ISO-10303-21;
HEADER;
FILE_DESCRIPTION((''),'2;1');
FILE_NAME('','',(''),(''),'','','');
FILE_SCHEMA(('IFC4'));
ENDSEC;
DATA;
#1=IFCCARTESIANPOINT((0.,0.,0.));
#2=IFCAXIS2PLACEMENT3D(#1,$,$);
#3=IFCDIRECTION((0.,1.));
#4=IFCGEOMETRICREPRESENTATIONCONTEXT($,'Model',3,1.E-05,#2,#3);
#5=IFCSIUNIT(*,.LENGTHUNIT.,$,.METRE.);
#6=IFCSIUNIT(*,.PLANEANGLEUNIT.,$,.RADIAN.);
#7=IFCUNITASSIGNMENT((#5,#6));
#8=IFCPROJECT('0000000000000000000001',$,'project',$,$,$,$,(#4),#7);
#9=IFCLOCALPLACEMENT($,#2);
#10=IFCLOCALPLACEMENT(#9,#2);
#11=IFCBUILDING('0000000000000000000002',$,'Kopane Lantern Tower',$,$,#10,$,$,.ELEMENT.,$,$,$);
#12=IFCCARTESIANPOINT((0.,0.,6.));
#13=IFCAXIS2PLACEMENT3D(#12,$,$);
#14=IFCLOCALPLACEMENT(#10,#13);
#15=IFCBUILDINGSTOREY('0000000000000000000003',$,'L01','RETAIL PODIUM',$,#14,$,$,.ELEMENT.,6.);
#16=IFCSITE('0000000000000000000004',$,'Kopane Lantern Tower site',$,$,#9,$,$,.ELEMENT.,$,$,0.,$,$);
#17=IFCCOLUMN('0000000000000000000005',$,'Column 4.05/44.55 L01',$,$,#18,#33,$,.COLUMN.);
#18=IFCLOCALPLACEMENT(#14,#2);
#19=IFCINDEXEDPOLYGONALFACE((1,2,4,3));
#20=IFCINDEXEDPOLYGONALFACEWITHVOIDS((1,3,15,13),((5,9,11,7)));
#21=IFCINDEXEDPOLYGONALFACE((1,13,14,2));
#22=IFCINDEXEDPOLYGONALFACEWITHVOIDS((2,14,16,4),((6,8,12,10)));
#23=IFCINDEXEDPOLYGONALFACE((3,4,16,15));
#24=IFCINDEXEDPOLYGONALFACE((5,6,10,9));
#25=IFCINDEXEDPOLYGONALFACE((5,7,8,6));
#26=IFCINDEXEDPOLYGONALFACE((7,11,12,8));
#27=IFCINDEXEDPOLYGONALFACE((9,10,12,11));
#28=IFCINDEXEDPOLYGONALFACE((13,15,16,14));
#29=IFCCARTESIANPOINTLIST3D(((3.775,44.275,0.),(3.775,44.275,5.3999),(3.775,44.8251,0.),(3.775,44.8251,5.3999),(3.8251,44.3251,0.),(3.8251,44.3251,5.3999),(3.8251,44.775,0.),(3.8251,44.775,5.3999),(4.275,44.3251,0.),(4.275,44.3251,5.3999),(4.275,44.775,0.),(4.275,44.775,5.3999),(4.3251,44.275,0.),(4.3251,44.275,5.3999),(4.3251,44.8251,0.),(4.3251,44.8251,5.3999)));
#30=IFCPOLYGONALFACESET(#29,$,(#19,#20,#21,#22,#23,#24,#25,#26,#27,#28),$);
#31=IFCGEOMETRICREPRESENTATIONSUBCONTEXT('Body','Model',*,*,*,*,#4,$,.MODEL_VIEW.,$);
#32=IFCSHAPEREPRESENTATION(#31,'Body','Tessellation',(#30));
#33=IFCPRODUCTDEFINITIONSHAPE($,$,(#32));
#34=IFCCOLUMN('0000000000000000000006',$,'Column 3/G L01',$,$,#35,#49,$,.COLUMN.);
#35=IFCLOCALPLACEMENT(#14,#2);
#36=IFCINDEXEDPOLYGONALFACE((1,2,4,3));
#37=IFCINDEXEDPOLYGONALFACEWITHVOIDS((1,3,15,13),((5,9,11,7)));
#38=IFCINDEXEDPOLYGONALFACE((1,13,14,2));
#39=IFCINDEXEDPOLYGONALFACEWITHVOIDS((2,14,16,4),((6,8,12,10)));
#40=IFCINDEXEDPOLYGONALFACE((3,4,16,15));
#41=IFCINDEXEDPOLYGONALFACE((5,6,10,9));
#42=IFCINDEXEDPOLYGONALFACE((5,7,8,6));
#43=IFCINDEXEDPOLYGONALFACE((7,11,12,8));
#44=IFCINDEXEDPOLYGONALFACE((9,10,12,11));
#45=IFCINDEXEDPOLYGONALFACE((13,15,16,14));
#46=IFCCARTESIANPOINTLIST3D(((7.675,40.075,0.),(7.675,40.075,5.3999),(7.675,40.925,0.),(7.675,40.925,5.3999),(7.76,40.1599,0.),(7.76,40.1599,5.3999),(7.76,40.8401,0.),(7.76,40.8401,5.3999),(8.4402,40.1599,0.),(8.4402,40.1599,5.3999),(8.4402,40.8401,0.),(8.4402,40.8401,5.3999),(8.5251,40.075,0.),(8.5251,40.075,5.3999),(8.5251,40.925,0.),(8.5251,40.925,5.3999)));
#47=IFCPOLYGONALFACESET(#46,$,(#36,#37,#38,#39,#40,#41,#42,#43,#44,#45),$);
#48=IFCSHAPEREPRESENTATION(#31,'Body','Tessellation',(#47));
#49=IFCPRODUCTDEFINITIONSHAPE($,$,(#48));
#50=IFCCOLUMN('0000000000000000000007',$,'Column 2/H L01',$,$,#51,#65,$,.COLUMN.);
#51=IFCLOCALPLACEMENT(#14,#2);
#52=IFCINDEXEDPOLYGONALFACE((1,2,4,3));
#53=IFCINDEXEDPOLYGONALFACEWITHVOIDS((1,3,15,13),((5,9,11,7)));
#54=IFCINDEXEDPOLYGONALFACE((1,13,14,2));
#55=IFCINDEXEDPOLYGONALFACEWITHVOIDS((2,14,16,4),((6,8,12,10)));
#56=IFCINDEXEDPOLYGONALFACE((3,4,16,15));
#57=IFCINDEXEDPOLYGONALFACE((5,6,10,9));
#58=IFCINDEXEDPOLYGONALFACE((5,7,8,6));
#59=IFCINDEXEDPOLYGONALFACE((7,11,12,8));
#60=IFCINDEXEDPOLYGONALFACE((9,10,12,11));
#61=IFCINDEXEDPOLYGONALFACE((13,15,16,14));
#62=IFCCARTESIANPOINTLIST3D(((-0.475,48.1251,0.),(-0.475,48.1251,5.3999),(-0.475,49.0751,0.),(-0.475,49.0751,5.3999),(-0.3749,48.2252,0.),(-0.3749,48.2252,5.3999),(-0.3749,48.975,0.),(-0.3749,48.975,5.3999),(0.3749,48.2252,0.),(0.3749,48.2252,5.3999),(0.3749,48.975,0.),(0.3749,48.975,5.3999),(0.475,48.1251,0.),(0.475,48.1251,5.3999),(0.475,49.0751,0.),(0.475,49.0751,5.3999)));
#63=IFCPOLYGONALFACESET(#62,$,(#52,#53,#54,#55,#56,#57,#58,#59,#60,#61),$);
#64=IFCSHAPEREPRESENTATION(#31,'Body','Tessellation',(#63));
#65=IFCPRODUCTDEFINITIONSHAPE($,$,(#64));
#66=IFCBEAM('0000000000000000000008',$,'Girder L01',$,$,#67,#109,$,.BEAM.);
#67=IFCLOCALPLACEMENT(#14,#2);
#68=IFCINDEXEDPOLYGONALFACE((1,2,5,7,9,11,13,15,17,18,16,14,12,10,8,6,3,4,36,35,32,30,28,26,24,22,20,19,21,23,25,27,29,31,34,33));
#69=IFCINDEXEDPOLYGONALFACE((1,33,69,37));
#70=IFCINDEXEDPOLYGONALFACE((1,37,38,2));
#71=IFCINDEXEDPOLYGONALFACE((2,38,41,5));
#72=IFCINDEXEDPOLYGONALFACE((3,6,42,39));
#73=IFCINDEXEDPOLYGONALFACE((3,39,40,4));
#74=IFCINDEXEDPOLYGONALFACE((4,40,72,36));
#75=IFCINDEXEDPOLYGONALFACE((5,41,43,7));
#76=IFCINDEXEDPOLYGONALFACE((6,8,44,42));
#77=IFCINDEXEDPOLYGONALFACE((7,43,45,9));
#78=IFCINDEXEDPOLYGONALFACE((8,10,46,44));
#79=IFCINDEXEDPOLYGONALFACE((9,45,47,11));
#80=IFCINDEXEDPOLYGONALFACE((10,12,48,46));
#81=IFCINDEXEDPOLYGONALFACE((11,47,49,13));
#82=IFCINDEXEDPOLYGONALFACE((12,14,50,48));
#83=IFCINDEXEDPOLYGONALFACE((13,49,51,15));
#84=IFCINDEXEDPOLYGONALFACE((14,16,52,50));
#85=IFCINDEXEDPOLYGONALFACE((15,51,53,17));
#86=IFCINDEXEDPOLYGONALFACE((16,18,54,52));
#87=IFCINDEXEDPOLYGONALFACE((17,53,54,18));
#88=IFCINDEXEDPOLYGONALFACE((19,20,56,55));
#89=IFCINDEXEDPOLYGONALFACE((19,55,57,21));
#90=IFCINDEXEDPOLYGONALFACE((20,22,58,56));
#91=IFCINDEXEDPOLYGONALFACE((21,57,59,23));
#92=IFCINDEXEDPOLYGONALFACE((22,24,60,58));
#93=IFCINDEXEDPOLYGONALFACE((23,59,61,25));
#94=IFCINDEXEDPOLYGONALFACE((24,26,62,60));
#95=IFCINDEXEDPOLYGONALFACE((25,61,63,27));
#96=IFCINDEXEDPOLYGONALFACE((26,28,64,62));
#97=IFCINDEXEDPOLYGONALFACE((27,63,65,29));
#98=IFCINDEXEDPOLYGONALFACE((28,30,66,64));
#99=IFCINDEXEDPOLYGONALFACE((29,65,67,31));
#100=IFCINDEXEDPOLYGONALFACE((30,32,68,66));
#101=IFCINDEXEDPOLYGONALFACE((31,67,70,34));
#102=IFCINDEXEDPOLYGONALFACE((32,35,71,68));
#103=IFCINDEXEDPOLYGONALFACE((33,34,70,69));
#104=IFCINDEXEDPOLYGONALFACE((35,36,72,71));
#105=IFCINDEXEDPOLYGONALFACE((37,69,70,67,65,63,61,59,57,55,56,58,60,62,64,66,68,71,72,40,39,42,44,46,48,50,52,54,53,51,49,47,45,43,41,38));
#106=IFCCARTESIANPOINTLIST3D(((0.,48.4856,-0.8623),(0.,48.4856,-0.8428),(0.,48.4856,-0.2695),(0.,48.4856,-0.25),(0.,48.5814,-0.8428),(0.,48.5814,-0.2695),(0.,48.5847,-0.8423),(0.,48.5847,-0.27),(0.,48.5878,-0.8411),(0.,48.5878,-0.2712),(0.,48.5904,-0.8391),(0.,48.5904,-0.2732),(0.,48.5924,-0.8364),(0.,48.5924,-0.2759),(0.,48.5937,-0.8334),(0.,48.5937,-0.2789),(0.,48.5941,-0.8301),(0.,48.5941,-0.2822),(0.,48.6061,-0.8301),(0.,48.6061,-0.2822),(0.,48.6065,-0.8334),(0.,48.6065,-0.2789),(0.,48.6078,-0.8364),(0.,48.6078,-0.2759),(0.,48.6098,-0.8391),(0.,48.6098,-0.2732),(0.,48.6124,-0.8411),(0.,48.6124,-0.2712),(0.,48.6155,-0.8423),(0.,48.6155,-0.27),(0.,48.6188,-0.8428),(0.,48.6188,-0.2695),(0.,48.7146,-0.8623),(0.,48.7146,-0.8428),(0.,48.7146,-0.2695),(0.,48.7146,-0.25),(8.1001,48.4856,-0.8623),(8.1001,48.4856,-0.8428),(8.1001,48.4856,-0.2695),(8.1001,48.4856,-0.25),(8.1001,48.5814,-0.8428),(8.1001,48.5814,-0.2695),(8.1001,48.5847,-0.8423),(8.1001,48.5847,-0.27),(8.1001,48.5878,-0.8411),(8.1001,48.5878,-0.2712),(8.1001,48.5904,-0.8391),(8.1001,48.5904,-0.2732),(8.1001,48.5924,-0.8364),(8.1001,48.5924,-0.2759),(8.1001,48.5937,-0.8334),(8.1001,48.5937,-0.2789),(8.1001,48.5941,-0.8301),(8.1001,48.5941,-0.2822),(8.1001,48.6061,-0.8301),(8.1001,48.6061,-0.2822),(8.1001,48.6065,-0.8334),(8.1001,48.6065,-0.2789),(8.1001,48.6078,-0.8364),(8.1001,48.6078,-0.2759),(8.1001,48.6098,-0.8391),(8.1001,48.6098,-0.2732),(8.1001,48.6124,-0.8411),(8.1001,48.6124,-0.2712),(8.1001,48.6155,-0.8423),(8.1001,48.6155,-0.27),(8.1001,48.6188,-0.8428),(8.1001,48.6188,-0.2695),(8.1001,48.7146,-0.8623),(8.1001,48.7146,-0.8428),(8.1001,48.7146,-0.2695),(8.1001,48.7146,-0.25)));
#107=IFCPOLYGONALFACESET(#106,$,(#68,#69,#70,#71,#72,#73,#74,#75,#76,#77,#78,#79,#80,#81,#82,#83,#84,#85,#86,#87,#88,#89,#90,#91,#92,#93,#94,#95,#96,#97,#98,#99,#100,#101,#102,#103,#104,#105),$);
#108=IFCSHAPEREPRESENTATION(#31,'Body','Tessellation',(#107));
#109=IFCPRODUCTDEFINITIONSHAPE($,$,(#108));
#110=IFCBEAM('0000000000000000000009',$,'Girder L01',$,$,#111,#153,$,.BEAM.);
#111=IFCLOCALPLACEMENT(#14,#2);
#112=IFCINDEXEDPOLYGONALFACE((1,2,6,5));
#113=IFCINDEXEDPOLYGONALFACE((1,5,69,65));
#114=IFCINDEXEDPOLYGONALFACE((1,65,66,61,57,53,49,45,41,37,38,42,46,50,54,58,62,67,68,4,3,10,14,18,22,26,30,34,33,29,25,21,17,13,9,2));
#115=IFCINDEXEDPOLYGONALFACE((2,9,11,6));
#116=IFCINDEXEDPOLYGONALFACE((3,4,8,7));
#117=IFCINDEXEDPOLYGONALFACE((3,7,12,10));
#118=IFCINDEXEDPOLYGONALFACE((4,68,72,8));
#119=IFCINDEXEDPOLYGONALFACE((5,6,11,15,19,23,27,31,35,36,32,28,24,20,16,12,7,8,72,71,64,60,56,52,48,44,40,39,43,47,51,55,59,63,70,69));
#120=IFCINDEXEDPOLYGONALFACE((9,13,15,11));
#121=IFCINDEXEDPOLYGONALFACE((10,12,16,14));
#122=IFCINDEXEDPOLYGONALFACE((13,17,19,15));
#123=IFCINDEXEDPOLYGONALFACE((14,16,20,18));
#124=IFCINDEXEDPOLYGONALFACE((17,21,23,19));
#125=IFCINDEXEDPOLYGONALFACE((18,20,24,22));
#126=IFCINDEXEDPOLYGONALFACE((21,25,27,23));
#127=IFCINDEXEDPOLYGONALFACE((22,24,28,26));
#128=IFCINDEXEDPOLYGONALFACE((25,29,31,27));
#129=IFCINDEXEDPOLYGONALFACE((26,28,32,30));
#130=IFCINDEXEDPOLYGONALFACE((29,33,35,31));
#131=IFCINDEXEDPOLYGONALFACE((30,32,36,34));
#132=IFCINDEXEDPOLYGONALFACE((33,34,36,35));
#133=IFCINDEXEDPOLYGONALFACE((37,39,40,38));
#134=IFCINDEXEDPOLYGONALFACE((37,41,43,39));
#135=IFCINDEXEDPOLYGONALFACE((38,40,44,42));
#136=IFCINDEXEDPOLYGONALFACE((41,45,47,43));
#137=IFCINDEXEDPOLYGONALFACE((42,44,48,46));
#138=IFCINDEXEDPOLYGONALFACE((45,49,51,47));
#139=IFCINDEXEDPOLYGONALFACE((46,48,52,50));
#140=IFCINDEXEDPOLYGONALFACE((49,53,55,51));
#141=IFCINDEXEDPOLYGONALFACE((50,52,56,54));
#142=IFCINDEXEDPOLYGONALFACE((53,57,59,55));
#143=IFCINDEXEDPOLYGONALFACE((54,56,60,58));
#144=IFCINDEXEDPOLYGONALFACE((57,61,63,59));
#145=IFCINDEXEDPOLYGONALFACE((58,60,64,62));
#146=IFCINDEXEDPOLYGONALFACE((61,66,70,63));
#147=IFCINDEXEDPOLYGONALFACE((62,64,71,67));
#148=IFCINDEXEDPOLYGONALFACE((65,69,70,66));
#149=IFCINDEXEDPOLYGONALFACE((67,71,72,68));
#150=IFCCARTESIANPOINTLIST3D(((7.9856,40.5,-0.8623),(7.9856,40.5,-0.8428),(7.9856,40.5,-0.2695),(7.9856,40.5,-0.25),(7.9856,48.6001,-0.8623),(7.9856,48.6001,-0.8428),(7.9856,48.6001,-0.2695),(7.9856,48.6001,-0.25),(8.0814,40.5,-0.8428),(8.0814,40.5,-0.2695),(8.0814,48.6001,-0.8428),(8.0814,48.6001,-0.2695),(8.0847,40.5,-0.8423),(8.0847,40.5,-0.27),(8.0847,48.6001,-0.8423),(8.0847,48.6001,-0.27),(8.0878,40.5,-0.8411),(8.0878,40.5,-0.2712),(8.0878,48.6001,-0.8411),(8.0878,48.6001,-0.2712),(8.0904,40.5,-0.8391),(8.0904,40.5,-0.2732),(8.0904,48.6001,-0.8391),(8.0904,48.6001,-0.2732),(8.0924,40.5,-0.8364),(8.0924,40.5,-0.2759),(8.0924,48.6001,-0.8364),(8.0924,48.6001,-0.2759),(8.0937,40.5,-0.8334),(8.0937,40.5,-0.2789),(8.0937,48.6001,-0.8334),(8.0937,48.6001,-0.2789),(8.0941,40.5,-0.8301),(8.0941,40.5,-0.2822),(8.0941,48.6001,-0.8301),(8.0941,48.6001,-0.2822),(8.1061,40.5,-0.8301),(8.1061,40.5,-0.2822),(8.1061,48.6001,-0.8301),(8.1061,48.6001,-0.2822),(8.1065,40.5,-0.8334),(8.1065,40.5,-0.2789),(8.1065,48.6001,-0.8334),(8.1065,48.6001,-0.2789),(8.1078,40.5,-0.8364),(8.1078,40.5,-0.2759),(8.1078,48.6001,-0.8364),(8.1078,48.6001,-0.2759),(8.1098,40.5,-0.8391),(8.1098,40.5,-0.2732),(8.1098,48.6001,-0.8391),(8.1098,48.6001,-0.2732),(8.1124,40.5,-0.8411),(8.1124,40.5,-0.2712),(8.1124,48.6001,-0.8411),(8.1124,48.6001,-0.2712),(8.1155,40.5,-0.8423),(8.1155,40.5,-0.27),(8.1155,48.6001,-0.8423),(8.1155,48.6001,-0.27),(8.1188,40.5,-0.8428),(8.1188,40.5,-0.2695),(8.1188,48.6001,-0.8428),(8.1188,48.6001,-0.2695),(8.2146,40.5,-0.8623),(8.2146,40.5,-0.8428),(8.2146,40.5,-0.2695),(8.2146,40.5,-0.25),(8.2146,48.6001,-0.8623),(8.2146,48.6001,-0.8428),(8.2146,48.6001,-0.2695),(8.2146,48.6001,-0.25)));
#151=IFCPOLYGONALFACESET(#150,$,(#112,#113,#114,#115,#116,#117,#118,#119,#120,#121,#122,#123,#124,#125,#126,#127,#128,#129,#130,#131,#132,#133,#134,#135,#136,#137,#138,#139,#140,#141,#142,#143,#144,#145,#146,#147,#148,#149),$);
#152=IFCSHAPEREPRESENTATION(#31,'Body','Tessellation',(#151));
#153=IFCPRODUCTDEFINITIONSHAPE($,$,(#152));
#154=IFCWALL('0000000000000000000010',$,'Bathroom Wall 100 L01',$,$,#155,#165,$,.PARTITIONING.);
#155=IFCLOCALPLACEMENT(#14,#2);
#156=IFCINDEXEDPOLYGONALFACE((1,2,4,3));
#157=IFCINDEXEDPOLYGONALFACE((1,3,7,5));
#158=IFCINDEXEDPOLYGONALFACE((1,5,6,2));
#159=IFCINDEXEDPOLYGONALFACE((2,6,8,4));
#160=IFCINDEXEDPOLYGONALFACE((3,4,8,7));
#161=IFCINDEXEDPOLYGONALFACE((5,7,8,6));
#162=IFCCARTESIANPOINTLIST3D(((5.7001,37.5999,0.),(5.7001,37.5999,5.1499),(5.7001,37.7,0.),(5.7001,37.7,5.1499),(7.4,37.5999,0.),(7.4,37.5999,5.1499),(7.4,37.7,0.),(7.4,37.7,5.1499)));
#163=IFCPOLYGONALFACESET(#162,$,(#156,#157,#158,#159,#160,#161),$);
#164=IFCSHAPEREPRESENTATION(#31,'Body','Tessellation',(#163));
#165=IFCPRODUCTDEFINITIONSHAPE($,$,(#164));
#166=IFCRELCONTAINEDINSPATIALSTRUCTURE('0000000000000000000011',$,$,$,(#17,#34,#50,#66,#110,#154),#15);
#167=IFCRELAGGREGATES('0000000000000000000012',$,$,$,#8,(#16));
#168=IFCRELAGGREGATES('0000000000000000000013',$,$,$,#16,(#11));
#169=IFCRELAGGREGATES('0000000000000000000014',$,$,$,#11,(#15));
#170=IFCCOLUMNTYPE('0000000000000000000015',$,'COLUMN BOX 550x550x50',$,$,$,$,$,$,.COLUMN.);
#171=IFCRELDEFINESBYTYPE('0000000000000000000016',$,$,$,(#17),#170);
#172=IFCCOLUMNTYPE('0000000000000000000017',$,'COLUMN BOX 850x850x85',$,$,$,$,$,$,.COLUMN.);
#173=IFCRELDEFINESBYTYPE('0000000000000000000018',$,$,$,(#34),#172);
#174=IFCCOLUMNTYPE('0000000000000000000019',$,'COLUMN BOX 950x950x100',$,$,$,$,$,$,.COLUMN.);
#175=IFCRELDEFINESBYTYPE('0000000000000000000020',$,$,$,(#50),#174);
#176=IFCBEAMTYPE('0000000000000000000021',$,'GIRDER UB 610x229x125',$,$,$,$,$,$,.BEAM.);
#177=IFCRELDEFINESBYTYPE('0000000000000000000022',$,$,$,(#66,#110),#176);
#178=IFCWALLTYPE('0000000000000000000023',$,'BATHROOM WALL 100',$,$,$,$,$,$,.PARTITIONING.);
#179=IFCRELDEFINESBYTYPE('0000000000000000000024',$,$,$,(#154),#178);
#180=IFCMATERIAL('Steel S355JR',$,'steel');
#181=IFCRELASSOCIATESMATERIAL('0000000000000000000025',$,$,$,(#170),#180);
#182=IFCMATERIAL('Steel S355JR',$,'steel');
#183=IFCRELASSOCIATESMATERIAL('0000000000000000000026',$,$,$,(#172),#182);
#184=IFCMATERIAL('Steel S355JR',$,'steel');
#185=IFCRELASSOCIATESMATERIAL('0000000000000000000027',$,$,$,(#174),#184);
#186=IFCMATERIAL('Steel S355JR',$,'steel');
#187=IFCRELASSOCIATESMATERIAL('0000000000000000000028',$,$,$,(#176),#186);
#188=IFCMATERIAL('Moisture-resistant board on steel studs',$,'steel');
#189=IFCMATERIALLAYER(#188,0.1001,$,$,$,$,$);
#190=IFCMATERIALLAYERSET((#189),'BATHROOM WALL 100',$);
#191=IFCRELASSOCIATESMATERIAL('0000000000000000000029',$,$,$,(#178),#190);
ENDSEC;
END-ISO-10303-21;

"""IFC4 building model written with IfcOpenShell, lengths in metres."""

from ifc_helpers import new_model, si_unit, direction, frame, frame_2d, origin, origin_2d, place, context, subcontext, project, spatial, rectangle, hollow_rectangle, i_section, extrude, material, layer, layer_set, material_profile, profile_set, type_object, element, save


model = new_model("IFC4")

# Units and contexts
model_context = context("Model", 3, precision=1e-05, world=origin(), true_north=direction((0.0, 1.0)))
body_context = subcontext(model_context, "Body", "Model", "MODEL_VIEW")
ifc_project = project(units=[si_unit("LENGTHUNIT", "METRE"), si_unit("PLANEANGLEUNIT", "RADIAN")], contexts=[model_context])

# Site, building, storey
site_placement = place(None, origin())
site = spatial("IfcSite", under=ifc_project, at=site_placement, Name="Kopane Lantern Tower site", CompositionType="ELEMENT", RefElevation=0.0)
building_placement = place(site_placement, origin())
building = spatial("IfcBuilding", under=site, at=building_placement, Name="Kopane Lantern Tower", CompositionType="ELEMENT")
storey_placement = place(building_placement, frame((0.0, 0.0, 6.0)))
storey = spatial("IfcBuildingStorey", under=building, at=storey_placement, Name="L01", Description="RETAIL PODIUM", CompositionType="ELEMENT", Elevation=6.0)

# Columns
ifc_material_1 = material(Name="Steel S355JR", Category="steel")
ifc_material_profile_1 = material_profile(ifc_material_1, hollow_rectangle(XDim=0.55, YDim=0.55, WallThickness=0.05, at=origin_2d()), Name="BOX 550x550x50")
ifc_profile_set_1 = profile_set([ifc_material_profile_1], Name="Steel S355JR")
column_type_1 = type_object("IfcColumnType", Name="COLUMN BOX 550x550x50", PredefinedType="COLUMN", material=ifc_profile_set_1)
column_1_placement = place(storey_placement, frame((4.05, 44.55, 0.0), z_axis=(0.0, 0.0, 1.0), x_axis=(1.0, 0.0, 0.0)))
element("IfcColumn", 1, at=column_1_placement, inside=storey, type_object=column_type_1, Name="Column 4.05/44.55 L01", PredefinedType="COLUMN", context=body_context, shape_type="SweptSolid", body=[
    extrude(hollow_rectangle(XDim=0.55, YDim=0.55, WallThickness=0.05, at=origin_2d()), origin(), (0.0, 0.0, 1.0), 5.3999),
])
ifc_material_2 = material(Name="Steel S355JR", Category="steel")
ifc_material_profile_2 = material_profile(ifc_material_2, hollow_rectangle(XDim=0.8501, YDim=0.8501, WallThickness=0.085, at=origin_2d()), Name="BOX 850x850x85")
ifc_profile_set_2 = profile_set([ifc_material_profile_2], Name="Steel S355JR")
column_type_2 = type_object("IfcColumnType", Name="COLUMN BOX 850x850x85", PredefinedType="COLUMN", material=ifc_profile_set_2)
column_2_placement = place(storey_placement, frame((8.1001, 40.5, 0.0), z_axis=(0.0, 0.0, 1.0), x_axis=(1.0, 0.0, 0.0)))
element("IfcColumn", 2, at=column_2_placement, inside=storey, type_object=column_type_2, Name="Column 3/G L01", PredefinedType="COLUMN", context=body_context, shape_type="SweptSolid", body=[
    extrude(hollow_rectangle(XDim=0.8501, YDim=0.8501, WallThickness=0.085, at=origin_2d()), origin(), (0.0, 0.0, 1.0), 5.3999),
])
ifc_material_3 = material(Name="Steel S355JR", Category="steel")
ifc_material_profile_3 = material_profile(ifc_material_3, hollow_rectangle(XDim=0.95, YDim=0.95, WallThickness=0.1001, at=origin_2d()), Name="BOX 950x950x100")
ifc_profile_set_3 = profile_set([ifc_material_profile_3], Name="Steel S355JR")
column_type_3 = type_object("IfcColumnType", Name="COLUMN BOX 950x950x100", PredefinedType="COLUMN", material=ifc_profile_set_3)
column_3_placement = place(storey_placement, frame((0.0, 48.6001, 0.0), z_axis=(0.0, 0.0, 1.0), x_axis=(1.0, 0.0, 0.0)))
element("IfcColumn", 3, at=column_3_placement, inside=storey, type_object=column_type_3, Name="Column 2/H L01", PredefinedType="COLUMN", context=body_context, shape_type="SweptSolid", body=[
    extrude(hollow_rectangle(XDim=0.95, YDim=0.95, WallThickness=0.1001, at=origin_2d()), origin(), (0.0, 0.0, 1.0), 5.3999),
])

# Beams
ifc_material_4 = material(Name="Steel S355JR", Category="steel")
ifc_material_profile_4 = material_profile(ifc_material_4, i_section(OverallWidth=0.229, OverallDepth=0.6123, WebThickness=0.012, FlangeThickness=0.0195, FilletRadius=0.0127, at=origin_2d()), Name="UB 610x229x125")
ifc_profile_set_4 = profile_set([ifc_material_profile_4], Name="Steel S355JR")
beam_type = type_object("IfcBeamType", Name="GIRDER UB 610x229x125", PredefinedType="BEAM", material=ifc_profile_set_4)
for number, where, z_axis, x_axis, name in (
    (4, (0.0, 48.6001, -0.5562), (1.0, 0.0, 0.0), (0.0, 1.0, 0.0), "Girder L01"),
    (5, (8.1001, 40.5, -0.5562), (0.0, 1.0, 0.0), (-1.0, 0.0, 0.0), "Girder L01"),
):
    element("IfcBeam", number, at=place(storey_placement, frame(where, z_axis=z_axis, x_axis=x_axis)), inside=storey, type_object=beam_type, Name=name, PredefinedType="BEAM", context=body_context, shape_type="SweptSolid", body=[
        extrude(i_section(OverallWidth=0.229, OverallDepth=0.6123, WebThickness=0.012, FlangeThickness=0.0195, FilletRadius=0.0127, at=origin_2d()), origin(), (0.0, 0.0, 1.0), 8.1001),
    ])

# Wall
ifc_material_5 = material(Name="Moisture-resistant board on steel studs", Category="steel")
ifc_layer_1 = layer(ifc_material_5, 0.1001)
ifc_layer_set_1 = layer_set([ifc_layer_1], Name="BATHROOM WALL 100")
wall_type_1 = type_object("IfcWallType", Name="BATHROOM WALL 100", PredefinedType="PARTITIONING", material=ifc_layer_set_1)
wall_1_placement = place(storey_placement, frame((5.7, 37.6499, 0.0), z_axis=(0.0, 0.0, 1.0), x_axis=(1.0, 0.0, 0.0)))
element("IfcWall", 6, at=wall_1_placement, inside=storey, type_object=wall_type_1, Name="Bathroom Wall 100 L01", PredefinedType="PARTITIONING", context=body_context, shape_type="SweptSolid", body=[
    extrude(rectangle(XDim=1.7, YDim=0.1001, at=frame_2d((0.8501, 0.0))), origin(), (0.0, 0.0, 1.0), 5.1499),
])

save(model, "model.ifc")
